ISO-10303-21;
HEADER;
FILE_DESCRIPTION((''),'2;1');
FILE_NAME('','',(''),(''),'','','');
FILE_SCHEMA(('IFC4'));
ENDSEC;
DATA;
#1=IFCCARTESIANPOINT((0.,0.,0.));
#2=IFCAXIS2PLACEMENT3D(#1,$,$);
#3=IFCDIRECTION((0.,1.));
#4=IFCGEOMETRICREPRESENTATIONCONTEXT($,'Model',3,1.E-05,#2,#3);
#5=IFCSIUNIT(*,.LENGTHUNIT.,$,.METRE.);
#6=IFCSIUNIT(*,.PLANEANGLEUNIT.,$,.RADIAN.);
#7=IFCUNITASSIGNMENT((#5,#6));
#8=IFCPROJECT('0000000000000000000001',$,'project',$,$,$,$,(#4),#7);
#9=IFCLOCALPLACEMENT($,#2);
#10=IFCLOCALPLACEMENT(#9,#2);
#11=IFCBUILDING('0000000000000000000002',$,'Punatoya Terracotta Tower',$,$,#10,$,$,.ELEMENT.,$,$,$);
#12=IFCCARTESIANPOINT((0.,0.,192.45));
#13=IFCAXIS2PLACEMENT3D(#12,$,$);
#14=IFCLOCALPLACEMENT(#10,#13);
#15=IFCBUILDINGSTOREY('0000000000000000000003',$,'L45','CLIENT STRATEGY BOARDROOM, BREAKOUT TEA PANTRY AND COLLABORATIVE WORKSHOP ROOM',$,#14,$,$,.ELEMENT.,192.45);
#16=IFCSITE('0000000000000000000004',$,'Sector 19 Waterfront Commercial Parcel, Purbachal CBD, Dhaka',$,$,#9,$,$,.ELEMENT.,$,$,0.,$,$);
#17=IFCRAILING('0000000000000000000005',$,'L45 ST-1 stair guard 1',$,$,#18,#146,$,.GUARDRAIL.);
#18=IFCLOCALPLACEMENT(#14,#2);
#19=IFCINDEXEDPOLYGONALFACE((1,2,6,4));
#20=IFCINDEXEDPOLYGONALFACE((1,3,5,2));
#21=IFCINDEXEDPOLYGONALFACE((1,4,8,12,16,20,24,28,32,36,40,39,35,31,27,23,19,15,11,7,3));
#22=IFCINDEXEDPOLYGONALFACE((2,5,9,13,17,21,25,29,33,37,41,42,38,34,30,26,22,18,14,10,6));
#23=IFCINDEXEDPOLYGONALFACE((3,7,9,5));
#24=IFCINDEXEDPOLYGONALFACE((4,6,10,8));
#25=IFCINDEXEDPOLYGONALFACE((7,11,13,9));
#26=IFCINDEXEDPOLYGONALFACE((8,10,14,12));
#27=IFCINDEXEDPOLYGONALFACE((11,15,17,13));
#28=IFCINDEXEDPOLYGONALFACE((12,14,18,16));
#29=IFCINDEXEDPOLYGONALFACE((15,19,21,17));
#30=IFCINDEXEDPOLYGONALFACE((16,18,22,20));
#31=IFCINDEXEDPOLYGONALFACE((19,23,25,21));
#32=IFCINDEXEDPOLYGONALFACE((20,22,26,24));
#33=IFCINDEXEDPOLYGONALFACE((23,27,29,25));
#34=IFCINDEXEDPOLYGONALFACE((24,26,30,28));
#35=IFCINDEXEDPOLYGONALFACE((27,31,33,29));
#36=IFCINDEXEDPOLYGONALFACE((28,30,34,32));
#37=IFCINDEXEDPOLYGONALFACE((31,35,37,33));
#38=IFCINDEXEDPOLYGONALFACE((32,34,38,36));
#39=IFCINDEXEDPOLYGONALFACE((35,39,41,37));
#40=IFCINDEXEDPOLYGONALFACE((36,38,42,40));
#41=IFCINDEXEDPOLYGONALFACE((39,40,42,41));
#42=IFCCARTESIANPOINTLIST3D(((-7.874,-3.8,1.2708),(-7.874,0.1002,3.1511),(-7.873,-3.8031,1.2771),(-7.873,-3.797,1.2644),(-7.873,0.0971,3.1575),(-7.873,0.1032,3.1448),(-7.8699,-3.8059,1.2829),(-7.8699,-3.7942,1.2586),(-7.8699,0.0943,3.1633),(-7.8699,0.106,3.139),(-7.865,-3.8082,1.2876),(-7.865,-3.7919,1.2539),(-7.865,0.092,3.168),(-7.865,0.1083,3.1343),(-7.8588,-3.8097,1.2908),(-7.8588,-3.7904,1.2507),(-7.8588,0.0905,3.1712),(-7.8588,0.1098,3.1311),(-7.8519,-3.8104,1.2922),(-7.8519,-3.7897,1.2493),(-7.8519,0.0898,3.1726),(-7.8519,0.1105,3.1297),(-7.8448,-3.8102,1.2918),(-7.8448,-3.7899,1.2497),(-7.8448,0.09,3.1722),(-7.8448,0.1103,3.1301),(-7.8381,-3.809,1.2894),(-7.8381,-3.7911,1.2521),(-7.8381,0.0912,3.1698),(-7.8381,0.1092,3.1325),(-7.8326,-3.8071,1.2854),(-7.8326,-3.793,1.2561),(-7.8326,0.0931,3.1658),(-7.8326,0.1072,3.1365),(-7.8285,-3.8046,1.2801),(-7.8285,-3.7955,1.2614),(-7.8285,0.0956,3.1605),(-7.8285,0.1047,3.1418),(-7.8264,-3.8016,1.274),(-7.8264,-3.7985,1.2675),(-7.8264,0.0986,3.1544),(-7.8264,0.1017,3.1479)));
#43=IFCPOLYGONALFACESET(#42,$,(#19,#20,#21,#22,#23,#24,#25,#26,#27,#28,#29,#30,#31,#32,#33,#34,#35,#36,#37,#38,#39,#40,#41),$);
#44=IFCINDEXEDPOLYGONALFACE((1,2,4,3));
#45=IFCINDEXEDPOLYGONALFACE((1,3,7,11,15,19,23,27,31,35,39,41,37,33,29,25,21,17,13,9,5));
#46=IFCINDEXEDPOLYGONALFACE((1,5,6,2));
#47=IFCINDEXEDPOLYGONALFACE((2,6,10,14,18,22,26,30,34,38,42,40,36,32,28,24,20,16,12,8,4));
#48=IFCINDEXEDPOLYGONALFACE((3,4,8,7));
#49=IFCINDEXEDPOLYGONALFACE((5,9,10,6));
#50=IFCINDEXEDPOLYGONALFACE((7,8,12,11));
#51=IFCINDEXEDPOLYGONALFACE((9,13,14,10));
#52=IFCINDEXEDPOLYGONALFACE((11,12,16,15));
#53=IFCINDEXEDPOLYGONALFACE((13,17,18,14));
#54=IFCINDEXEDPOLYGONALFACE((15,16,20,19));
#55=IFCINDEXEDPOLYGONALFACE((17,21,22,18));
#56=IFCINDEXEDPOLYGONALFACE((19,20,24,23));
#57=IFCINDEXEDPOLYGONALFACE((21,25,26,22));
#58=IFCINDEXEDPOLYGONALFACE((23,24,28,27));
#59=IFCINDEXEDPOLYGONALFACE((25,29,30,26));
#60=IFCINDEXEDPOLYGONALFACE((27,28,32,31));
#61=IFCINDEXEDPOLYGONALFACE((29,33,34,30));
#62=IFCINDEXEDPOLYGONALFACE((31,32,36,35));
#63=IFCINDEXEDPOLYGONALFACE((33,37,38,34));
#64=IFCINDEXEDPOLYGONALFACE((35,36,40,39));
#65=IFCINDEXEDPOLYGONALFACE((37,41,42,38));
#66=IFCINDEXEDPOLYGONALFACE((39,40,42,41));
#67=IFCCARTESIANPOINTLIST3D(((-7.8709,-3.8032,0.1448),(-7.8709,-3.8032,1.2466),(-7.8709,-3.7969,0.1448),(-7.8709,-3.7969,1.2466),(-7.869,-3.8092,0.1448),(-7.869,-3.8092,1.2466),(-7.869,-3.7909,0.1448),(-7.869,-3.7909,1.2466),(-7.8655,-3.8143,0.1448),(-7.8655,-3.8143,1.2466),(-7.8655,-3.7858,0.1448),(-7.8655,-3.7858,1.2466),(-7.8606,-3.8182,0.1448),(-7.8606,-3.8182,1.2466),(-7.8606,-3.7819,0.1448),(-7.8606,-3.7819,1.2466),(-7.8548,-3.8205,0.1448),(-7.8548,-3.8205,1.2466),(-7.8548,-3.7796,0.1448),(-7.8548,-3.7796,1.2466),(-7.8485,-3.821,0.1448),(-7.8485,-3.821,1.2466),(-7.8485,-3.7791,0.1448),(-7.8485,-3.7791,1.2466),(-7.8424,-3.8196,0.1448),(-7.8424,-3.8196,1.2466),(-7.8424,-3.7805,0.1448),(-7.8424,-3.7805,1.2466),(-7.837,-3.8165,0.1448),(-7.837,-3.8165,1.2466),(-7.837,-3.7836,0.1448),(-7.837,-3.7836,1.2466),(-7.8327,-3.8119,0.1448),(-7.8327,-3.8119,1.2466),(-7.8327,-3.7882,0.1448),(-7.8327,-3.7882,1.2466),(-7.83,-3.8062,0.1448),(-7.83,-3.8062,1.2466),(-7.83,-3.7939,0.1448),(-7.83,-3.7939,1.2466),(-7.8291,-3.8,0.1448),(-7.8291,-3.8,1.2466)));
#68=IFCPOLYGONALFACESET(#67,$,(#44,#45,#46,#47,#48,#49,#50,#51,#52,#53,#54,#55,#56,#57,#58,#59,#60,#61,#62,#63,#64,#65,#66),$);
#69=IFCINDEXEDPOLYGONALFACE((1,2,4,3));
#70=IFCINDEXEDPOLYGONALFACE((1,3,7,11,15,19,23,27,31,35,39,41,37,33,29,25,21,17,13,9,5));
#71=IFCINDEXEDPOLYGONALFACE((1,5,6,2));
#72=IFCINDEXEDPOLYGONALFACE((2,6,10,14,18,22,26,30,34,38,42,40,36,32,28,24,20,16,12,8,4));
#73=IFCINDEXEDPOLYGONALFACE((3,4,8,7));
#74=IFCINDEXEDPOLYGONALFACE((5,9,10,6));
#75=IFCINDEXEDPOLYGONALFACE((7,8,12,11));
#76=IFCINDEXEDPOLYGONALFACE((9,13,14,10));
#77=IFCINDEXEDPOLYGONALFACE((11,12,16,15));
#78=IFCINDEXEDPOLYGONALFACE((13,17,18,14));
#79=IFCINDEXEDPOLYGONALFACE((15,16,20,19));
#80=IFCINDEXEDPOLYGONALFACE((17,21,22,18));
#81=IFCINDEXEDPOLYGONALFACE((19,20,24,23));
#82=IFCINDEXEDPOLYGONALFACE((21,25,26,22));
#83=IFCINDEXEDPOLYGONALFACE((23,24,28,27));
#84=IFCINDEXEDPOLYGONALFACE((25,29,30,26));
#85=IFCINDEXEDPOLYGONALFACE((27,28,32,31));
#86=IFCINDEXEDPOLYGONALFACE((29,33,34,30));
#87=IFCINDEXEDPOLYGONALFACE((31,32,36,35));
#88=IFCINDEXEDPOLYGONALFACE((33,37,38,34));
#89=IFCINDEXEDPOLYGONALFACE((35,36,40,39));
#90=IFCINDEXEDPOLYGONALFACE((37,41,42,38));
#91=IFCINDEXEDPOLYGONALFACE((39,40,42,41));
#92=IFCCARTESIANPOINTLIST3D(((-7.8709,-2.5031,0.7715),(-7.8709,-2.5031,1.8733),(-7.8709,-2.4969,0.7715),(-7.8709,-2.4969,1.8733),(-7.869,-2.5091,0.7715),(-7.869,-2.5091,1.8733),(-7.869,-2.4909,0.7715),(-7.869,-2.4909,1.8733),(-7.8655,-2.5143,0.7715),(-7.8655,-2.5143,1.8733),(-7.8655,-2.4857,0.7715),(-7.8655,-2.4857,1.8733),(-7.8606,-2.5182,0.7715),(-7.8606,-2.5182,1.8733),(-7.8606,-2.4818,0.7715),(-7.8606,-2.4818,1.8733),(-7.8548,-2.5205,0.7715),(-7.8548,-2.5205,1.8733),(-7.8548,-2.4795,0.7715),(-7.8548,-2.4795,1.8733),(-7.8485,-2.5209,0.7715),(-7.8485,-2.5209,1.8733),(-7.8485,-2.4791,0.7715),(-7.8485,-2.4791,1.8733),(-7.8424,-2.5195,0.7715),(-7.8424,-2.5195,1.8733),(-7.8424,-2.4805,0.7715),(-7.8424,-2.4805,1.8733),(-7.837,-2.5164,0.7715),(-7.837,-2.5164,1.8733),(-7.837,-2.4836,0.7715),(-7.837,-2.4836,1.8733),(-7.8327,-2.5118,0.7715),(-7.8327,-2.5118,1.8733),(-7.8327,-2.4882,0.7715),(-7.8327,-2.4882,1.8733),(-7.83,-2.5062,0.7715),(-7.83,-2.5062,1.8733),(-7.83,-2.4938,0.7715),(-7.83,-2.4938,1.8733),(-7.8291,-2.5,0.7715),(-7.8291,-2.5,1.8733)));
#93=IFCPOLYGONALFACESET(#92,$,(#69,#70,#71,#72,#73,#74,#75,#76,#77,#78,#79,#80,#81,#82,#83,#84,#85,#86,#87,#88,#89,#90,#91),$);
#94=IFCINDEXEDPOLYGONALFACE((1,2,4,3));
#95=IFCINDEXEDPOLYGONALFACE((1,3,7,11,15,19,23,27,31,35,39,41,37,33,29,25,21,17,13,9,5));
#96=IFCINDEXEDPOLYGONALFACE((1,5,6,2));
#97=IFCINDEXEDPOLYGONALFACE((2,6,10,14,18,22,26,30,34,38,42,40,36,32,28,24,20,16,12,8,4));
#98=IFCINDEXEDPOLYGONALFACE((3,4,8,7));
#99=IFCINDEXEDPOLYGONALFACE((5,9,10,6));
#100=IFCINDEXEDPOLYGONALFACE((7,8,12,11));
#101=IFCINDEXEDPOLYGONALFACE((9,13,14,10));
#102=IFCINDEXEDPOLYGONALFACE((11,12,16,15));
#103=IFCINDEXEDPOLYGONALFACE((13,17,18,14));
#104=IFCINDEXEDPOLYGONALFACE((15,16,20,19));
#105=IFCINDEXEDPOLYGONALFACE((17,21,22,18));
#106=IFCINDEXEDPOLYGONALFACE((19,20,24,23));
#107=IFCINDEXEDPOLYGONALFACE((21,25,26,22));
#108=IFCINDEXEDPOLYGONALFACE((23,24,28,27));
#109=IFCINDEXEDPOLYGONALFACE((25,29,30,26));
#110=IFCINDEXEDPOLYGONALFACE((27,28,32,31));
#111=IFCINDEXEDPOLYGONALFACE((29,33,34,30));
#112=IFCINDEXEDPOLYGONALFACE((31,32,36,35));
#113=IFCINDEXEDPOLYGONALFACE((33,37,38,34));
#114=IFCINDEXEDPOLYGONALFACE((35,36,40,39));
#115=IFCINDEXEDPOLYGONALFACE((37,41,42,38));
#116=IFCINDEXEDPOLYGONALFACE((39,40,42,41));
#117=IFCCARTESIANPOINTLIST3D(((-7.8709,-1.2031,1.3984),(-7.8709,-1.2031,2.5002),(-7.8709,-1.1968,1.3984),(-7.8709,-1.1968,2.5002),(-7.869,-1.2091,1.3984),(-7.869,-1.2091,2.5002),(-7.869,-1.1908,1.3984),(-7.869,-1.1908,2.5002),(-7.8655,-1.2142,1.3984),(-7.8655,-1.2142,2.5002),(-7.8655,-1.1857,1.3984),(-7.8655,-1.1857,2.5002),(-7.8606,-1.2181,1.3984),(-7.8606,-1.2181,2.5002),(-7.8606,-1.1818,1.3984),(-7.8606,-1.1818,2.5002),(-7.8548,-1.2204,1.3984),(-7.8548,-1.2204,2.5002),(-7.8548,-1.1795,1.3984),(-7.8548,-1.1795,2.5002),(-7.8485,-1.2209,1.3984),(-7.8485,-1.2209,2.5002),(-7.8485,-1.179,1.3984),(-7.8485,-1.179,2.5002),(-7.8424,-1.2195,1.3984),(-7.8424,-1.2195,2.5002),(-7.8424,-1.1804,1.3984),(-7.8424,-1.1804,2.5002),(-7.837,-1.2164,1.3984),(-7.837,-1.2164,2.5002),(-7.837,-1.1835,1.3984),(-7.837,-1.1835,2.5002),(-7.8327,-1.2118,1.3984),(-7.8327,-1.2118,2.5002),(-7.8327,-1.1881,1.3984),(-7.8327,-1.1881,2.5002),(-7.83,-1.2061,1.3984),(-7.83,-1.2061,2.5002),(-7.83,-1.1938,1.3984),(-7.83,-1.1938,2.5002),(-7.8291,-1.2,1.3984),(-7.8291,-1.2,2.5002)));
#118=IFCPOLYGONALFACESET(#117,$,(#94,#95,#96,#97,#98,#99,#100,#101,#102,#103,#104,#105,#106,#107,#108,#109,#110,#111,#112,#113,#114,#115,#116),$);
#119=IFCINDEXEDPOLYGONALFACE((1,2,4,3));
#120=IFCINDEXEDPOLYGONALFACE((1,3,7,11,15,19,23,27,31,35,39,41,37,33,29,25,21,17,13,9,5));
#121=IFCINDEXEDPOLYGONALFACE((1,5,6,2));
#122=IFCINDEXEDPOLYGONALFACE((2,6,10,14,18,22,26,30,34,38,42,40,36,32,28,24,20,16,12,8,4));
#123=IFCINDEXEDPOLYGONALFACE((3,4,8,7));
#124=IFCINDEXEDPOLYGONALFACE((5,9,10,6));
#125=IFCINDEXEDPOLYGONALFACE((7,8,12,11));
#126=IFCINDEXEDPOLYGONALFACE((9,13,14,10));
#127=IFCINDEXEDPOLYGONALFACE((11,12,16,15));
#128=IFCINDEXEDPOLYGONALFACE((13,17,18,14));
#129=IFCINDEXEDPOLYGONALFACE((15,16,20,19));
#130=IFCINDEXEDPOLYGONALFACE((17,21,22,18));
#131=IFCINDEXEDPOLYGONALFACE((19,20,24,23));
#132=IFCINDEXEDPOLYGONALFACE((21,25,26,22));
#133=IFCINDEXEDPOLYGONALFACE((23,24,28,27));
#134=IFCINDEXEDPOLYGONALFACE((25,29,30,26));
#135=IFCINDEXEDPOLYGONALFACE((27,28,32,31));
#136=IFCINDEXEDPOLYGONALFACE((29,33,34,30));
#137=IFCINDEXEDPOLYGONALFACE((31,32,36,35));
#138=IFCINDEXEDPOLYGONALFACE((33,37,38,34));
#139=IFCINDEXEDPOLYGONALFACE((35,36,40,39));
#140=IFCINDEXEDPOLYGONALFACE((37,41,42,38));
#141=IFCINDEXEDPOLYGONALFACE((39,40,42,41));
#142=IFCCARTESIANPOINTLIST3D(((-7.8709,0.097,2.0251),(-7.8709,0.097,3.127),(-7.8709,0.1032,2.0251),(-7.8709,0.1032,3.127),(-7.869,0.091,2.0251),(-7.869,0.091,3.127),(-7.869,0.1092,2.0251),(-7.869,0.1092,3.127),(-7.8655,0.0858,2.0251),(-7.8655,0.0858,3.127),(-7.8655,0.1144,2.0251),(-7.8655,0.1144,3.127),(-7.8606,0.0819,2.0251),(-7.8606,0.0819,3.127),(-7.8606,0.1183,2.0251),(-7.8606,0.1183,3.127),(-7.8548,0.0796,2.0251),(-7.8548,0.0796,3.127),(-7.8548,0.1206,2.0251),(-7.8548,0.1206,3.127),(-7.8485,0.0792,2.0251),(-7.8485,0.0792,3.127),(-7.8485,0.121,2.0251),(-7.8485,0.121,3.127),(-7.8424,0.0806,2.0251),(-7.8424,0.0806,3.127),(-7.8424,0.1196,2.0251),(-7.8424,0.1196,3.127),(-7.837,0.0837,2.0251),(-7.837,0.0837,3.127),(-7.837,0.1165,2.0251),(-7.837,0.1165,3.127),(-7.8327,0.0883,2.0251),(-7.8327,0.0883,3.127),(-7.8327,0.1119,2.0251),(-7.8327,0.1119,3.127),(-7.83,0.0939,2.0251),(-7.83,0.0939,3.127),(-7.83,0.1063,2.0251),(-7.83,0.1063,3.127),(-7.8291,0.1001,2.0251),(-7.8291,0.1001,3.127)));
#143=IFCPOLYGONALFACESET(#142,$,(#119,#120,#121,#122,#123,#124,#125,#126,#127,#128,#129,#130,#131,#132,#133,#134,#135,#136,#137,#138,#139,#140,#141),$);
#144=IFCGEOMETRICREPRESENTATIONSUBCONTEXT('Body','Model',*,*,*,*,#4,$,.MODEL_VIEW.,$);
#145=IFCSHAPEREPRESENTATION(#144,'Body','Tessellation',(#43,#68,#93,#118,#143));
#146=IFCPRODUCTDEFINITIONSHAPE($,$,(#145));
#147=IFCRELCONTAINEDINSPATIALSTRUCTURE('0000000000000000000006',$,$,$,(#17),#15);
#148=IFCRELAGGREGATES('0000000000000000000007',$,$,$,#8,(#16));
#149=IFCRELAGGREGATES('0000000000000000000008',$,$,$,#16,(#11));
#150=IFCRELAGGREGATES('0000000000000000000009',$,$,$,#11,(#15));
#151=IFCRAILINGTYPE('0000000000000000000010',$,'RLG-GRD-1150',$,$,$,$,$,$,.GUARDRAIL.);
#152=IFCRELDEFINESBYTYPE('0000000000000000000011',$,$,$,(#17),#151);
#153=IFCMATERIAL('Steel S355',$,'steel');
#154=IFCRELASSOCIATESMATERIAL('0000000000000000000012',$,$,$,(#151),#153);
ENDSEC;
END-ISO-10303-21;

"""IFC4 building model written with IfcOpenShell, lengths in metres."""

from ifc_helpers import new_model, si_unit, direction, frame, origin, origin_2d, place, context, subcontext, project, spatial, circle, extrude, material, type_object, element, save


model = new_model("IFC4")

# Units and contexts
model_context = context("Model", 3, precision=1e-05, world=origin(), true_north=direction((0.0, 1.0)))
body_context = subcontext(model_context, "Body", "Model", "MODEL_VIEW")
ifc_project = project(units=[si_unit("LENGTHUNIT", "METRE"), si_unit("PLANEANGLEUNIT", "RADIAN")], contexts=[model_context])

# Site, building, storey
site_placement = place(None, origin())
site = spatial("IfcSite", under=ifc_project, at=site_placement, Name="Sector 19 Waterfront Commercial Parcel, Purbachal CBD, Dhaka", CompositionType="ELEMENT", RefElevation=0.0)
building_placement = place(site_placement, origin())
building = spatial("IfcBuilding", under=site, at=building_placement, Name="Punatoya Terracotta Tower", CompositionType="ELEMENT")
storey_placement = place(building_placement, frame((0.0, 0.0, 192.45)))
storey = spatial("IfcBuildingStorey", under=building, at=storey_placement, Name="L45", Description="CLIENT STRATEGY BOARDROOM, BREAKOUT TEA PANTRY AND COLLABORATIVE WORKSHOP ROOM", CompositionType="ELEMENT", Elevation=192.45)

# Shared definitions
ifc_material_1 = material(Name="Steel S355", Category="steel")

# Railing
railing_type_1 = type_object("IfcRailingType", Name="RLG-GRD-1150", PredefinedType="GUARDRAIL", material=ifc_material_1)
railing_1_placement = place(storey_placement, frame((-7.8501, -3.8, 0.1448)))
element("IfcRailing", 1, at=railing_1_placement, inside=storey, type_object=railing_type_1, Name="L45 ST-1 stair guard 1", PredefinedType="GUARDRAIL", context=body_context, shape_type="SweptSolid", body=[
    extrude(circle(Radius=0.0239, at=origin_2d()), frame((0.0, 0.0, 1.126), z_axis=(0.0, 0.900774, 0.434289), x_axis=(-1.0, 0.0, 0.0)), (0.0, 0.0, 1.0), 4.3298),
    extrude(circle(Radius=0.021, at=origin_2d()), origin(), (0.0, 0.0, 1.0), 1.1018),
    extrude(circle(Radius=0.021, at=origin_2d()), frame((0.0, 1.3, 0.6267)), (0.0, 0.0, 1.0), 1.1018),
    extrude(circle(Radius=0.021, at=origin_2d()), frame((0.0, 2.6001, 1.2537)), (0.0, 0.0, 1.0), 1.1018),
    extrude(circle(Radius=0.021, at=origin_2d()), frame((0.0, 3.9001, 1.8804)), (0.0, 0.0, 1.0), 1.1018),
])

save(model, "model.ifc")
